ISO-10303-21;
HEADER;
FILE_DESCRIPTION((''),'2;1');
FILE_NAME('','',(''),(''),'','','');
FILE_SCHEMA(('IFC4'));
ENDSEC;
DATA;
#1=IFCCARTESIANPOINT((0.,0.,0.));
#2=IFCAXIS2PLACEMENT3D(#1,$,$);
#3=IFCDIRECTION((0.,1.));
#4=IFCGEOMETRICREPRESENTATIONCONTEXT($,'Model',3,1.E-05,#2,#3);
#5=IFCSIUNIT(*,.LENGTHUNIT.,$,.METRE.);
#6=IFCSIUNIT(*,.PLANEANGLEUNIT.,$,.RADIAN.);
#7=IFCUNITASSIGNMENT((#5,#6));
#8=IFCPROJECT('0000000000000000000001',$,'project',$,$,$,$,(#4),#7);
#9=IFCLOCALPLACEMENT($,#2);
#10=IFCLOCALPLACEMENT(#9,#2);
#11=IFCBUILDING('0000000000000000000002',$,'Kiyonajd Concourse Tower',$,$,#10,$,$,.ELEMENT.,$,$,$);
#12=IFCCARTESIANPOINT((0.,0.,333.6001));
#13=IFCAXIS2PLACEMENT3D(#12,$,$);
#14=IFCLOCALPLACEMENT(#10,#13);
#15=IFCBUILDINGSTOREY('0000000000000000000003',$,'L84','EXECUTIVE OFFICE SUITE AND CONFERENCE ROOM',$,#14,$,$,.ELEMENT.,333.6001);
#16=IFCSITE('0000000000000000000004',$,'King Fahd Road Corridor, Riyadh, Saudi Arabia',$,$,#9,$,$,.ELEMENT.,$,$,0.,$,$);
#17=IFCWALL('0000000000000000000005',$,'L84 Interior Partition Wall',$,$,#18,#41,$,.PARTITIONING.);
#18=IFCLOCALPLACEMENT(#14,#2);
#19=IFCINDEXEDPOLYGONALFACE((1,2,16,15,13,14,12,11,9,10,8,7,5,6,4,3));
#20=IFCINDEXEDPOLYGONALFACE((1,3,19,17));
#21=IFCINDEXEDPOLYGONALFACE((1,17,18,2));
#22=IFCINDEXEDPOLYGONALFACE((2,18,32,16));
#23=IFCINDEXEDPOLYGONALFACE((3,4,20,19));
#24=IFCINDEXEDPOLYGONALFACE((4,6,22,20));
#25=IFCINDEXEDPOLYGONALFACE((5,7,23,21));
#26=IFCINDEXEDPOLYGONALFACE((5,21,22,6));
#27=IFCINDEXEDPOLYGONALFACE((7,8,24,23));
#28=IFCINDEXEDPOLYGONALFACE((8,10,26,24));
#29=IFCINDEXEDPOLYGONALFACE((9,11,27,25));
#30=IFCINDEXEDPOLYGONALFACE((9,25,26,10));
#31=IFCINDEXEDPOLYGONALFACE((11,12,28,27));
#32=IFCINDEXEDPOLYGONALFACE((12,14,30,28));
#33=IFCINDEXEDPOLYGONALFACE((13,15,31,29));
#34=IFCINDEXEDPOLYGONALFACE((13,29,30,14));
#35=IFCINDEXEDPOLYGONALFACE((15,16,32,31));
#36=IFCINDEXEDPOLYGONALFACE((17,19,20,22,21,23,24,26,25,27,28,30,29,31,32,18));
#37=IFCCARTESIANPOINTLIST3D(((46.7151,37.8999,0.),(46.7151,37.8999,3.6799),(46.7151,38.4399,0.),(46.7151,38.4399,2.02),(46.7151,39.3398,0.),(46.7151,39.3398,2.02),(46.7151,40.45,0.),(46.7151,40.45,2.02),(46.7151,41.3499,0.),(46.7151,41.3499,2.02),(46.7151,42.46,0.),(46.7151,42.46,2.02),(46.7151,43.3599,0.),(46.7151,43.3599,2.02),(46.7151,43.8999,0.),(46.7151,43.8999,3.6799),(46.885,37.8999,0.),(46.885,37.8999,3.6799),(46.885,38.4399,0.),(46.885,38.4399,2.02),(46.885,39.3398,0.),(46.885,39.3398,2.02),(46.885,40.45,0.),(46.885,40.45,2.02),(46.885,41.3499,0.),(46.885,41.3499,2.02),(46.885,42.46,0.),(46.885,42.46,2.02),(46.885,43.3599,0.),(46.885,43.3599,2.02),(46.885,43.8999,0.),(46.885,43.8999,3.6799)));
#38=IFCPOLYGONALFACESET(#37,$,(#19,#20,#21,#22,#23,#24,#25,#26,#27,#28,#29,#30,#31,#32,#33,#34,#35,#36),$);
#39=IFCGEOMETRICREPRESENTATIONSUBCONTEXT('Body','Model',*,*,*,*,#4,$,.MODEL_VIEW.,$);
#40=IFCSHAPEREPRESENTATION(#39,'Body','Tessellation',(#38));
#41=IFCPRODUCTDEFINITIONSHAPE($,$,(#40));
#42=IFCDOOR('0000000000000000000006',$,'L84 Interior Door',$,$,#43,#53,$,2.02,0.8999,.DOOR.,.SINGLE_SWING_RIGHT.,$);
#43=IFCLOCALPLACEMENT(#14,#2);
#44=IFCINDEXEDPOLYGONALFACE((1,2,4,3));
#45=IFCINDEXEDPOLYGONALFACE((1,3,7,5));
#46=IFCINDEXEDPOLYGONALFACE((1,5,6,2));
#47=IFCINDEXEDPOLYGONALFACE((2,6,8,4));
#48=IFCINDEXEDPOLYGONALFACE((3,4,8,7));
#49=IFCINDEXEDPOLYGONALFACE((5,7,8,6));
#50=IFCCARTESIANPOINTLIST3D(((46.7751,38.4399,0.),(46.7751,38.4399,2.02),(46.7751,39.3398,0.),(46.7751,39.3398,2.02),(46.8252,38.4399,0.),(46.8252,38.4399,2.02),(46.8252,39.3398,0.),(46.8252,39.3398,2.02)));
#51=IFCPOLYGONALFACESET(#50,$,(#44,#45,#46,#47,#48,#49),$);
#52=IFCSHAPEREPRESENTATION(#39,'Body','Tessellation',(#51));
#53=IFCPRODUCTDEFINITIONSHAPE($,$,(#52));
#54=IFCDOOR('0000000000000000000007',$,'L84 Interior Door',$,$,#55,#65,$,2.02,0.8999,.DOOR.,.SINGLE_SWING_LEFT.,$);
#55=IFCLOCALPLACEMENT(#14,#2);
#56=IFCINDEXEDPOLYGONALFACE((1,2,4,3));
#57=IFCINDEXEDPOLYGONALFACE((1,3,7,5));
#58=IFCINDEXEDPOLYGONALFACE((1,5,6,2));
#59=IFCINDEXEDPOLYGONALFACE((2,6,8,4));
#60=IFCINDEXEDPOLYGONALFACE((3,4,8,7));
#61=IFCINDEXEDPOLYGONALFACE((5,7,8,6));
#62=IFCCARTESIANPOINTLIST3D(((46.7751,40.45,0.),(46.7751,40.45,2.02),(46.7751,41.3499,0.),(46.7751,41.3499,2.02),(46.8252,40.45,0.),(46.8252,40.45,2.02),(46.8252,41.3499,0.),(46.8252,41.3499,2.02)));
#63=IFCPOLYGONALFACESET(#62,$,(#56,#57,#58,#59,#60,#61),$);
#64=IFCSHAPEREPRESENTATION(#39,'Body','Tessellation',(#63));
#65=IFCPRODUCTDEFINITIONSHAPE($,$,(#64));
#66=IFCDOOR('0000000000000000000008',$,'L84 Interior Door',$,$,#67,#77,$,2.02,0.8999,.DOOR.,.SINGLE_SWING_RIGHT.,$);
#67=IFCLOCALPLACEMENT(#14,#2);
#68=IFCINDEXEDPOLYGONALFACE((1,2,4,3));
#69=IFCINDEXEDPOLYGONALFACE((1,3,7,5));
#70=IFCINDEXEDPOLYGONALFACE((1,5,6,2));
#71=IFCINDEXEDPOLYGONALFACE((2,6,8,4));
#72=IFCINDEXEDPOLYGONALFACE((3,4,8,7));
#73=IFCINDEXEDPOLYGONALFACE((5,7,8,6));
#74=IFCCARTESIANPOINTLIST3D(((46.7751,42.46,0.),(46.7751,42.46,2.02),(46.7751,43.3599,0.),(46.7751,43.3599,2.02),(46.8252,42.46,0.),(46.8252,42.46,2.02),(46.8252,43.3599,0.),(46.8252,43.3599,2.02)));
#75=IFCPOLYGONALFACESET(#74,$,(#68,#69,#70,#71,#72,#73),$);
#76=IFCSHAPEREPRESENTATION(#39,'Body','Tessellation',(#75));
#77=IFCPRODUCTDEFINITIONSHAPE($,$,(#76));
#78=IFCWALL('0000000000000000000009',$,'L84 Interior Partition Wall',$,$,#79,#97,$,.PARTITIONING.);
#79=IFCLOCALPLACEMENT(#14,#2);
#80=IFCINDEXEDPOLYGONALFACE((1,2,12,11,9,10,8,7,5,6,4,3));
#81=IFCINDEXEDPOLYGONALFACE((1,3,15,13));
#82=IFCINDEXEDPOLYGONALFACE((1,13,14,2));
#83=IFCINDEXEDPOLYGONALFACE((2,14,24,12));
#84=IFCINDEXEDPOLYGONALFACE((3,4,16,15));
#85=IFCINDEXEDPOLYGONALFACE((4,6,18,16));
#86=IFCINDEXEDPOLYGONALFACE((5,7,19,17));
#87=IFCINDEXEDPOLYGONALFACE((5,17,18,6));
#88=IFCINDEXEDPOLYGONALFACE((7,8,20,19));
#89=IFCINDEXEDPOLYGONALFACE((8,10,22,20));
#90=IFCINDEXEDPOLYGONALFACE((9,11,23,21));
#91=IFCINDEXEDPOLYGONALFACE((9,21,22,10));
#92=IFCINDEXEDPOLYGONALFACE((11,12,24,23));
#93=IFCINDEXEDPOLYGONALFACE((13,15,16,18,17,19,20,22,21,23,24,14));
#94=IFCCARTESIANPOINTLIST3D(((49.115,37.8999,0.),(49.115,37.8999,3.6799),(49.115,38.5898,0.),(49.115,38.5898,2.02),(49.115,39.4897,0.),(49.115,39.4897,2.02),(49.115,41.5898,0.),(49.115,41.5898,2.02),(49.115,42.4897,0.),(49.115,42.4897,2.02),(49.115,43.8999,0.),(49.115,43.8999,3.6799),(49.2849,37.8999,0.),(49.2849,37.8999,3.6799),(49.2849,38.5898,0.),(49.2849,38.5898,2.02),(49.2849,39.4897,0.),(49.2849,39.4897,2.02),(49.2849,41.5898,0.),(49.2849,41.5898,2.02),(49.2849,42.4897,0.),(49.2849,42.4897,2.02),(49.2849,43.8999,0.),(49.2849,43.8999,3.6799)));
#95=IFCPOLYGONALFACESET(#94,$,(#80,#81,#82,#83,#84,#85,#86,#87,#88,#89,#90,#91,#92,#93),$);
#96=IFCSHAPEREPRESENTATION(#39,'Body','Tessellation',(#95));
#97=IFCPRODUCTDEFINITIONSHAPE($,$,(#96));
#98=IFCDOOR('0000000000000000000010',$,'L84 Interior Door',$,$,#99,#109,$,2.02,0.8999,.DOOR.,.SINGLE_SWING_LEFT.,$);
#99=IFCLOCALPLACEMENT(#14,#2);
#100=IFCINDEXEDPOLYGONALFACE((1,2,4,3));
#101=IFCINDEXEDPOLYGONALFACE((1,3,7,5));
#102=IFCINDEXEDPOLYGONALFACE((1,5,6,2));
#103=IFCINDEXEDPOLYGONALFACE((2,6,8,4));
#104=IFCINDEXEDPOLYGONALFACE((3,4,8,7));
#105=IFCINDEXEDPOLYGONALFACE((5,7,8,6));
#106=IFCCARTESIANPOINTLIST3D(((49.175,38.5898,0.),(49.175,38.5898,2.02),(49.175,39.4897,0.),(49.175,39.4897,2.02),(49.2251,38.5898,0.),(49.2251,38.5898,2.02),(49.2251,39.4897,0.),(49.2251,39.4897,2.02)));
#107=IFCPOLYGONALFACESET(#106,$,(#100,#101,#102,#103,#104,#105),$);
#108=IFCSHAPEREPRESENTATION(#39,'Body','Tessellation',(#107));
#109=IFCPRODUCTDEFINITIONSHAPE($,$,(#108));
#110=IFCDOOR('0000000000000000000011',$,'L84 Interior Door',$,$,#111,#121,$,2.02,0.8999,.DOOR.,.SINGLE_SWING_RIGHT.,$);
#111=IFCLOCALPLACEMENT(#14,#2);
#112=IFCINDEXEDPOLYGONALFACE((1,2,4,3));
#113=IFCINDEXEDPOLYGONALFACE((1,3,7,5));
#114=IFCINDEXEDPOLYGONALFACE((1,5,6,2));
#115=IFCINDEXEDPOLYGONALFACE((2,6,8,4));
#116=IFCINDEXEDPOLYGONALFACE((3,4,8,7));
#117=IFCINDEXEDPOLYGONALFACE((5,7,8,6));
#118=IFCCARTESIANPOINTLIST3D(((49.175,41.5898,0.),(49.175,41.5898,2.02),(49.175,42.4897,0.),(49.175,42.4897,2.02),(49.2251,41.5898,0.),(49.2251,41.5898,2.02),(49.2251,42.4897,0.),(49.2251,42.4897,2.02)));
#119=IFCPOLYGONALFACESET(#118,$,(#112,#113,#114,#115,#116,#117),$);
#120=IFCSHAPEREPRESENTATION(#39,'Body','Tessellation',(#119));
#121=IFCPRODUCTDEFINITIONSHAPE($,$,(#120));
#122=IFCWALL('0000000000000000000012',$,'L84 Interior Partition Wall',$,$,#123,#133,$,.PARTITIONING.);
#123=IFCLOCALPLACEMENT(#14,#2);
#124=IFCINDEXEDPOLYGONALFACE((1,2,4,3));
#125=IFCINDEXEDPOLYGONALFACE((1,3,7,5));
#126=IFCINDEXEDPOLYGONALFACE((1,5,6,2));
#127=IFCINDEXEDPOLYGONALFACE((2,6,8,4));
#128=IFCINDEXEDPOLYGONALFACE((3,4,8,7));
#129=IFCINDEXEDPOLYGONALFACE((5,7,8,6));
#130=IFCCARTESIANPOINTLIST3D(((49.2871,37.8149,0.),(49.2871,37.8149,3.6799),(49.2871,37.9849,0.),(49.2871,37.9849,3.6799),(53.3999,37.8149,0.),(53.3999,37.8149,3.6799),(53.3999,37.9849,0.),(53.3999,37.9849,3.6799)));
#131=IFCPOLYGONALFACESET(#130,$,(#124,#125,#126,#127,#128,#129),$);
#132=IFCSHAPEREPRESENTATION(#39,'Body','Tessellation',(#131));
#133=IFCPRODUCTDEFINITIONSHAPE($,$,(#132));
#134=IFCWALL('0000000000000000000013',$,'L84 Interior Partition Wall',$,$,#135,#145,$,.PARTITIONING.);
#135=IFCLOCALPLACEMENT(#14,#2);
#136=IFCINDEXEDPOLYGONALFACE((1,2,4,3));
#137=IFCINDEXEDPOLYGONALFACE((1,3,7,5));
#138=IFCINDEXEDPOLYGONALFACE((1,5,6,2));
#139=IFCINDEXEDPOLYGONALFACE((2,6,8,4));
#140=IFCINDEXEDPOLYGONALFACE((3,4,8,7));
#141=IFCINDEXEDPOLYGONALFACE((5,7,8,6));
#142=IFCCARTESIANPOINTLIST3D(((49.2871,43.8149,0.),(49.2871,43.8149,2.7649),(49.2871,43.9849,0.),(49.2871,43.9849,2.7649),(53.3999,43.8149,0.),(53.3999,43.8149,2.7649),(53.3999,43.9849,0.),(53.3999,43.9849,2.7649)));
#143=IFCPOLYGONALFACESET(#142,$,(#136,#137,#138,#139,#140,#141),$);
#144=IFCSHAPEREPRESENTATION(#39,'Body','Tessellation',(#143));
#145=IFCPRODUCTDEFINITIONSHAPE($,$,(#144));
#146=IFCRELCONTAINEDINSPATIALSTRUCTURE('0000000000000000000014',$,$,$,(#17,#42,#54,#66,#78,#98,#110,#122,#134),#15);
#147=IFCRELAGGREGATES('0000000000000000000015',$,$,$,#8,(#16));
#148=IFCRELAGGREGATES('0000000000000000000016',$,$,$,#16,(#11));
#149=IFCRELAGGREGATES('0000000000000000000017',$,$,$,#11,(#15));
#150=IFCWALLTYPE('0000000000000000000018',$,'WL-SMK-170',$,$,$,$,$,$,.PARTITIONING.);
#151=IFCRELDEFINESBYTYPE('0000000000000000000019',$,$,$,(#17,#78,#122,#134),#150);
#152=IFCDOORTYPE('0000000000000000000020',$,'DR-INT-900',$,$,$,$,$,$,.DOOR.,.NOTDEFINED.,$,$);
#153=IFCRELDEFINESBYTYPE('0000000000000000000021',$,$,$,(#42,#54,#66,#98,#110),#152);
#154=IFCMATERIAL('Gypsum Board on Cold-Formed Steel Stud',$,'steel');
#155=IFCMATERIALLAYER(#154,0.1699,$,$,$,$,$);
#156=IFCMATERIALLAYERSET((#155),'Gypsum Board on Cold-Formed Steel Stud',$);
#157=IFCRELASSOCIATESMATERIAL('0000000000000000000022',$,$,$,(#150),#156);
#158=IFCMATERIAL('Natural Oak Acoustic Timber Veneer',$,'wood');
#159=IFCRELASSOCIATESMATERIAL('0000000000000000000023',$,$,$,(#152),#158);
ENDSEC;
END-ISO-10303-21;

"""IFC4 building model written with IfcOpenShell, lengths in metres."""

from ifc_helpers import new_model, si_unit, direction, frame, frame_2d, origin, place, context, subcontext, project, spatial, rectangle, extrude, material, layer, layer_set, type_object, element, fill, save


model = new_model("IFC4")

# Units and contexts
model_context = context("Model", 3, precision=1e-05, world=origin(), true_north=direction((0.0, 1.0)))
body_context = subcontext(model_context, "Body", "Model", "MODEL_VIEW")
ifc_project = project(units=[si_unit("LENGTHUNIT", "METRE"), si_unit("PLANEANGLEUNIT", "RADIAN")], contexts=[model_context])

# Site, building, storey
site_placement = place(None, origin())
site = spatial("IfcSite", under=ifc_project, at=site_placement, Name="King Fahd Road Corridor, Riyadh, Saudi Arabia", CompositionType="ELEMENT", RefElevation=0.0)
building_placement = place(site_placement, origin())
building = spatial("IfcBuilding", under=site, at=building_placement, Name="Kiyonajd Concourse Tower", CompositionType="ELEMENT")
storey_placement = place(building_placement, frame((0.0, 0.0, 333.6001)))
storey = spatial("IfcBuildingStorey", under=building, at=storey_placement, Name="L84", Description="EXECUTIVE OFFICE SUITE AND CONFERENCE ROOM", CompositionType="ELEMENT", Elevation=333.6001)

# Shared definitions
ifc_material_1 = material(Name="Gypsum Board on Cold-Formed Steel Stud", Category="steel")

# Walls, openings, doors
ifc_layer_1 = layer(ifc_material_1, 0.1699)
ifc_layer_set_1 = layer_set([ifc_layer_1], Name="Gypsum Board on Cold-Formed Steel Stud")
wall_type_1 = type_object("IfcWallType", Name="WL-SMK-170", PredefinedType="PARTITIONING", material=ifc_layer_set_1)
wall_1_placement = place(storey_placement, frame((46.8, 37.8999, 0.0), z_axis=(0.0, 0.0, 1.0), x_axis=(0.0, 1.0, 0.0)))
wall_1 = element("IfcWall", 1, at=wall_1_placement, inside=storey, type_object=wall_type_1, Name="L84 Interior Partition Wall", PredefinedType="PARTITIONING", context=body_context, shape_type="SweptSolid", body=[
    extrude(rectangle(XDim=6.0, YDim=0.1699, at=frame_2d((3.0, 0.0))), origin(), (0.0, 0.0, 1.0), 3.6799),
])
opening_1_placement = place(wall_1_placement, frame((0.54, 0.0, 0.0)))
opening_1 = element("IfcOpeningElement", 2, at=opening_1_placement, cuts=wall_1, PredefinedType="OPENING", context=body_context, shape_type="SweptSolid", body=[
    extrude(rectangle(XDim=0.8999, YDim=2.02, at=frame_2d((0.45, 1.01))), frame((0.0, 0.095, 0.0), z_axis=(0.0, -1.0, 0.0), x_axis=(1.0, 0.0, 0.0)), (0.0, 0.0, 1.0), 0.1899),
])
opening_2_placement = place(wall_1_placement, frame((2.55, 0.0, 0.0)))
opening_2 = element("IfcOpeningElement", 3, at=opening_2_placement, cuts=wall_1, PredefinedType="OPENING", context=body_context, shape_type="SweptSolid", body=[
    extrude(rectangle(XDim=0.8999, YDim=2.02, at=frame_2d((0.45, 1.01))), frame((0.0, 0.095, 0.0), z_axis=(0.0, -1.0, 0.0), x_axis=(1.0, 0.0, 0.0)), (0.0, 0.0, 1.0), 0.1899),
])
opening_3_placement = place(wall_1_placement, frame((4.5601, 0.0, 0.0)))
opening_3 = element("IfcOpeningElement", 4, at=opening_3_placement, cuts=wall_1, PredefinedType="OPENING", context=body_context, shape_type="SweptSolid", body=[
    extrude(rectangle(XDim=0.8999, YDim=2.02, at=frame_2d((0.45, 1.01))), frame((0.0, 0.095, 0.0), z_axis=(0.0, -1.0, 0.0), x_axis=(1.0, 0.0, 0.0)), (0.0, 0.0, 1.0), 0.1899),
])
ifc_material_2 = material(Name="Natural Oak Acoustic Timber Veneer", Category="wood")
door_type_1 = type_object("IfcDoorType", Name="DR-INT-900", OperationType="NOTDEFINED", PredefinedType="DOOR", material=ifc_material_2)
door_1_placement = place(opening_1_placement, origin())
door_1 = element("IfcDoor", 5, at=door_1_placement, inside=storey, type_object=door_type_1, Name="L84 Interior Door", OperationType="SINGLE_SWING_RIGHT", OverallHeight=2.02, OverallWidth=0.8999, PredefinedType="DOOR", context=body_context, shape_type="SweptSolid", body=[
    extrude(rectangle(XDim=0.8999, YDim=2.02, at=frame_2d((0.45, 1.01))), frame((0.0, 0.0249, 0.0), z_axis=(0.0, -1.0, 0.0), x_axis=(1.0, 0.0, 0.0)), (0.0, 0.0, 1.0), 0.05),
])
fill(opening_1, door_1)
door_2_placement = place(opening_2_placement, origin())
door_2 = element("IfcDoor", 6, at=door_2_placement, inside=storey, type_object=door_type_1, Name="L84 Interior Door", OperationType="SINGLE_SWING_LEFT", OverallHeight=2.02, OverallWidth=0.8999, PredefinedType="DOOR", context=body_context, shape_type="SweptSolid", body=[
    extrude(rectangle(XDim=0.8999, YDim=2.02, at=frame_2d((0.45, 1.01))), frame((0.0, 0.0249, 0.0), z_axis=(0.0, -1.0, 0.0), x_axis=(1.0, 0.0, 0.0)), (0.0, 0.0, 1.0), 0.05),
])
fill(opening_2, door_2)
door_3_placement = place(opening_3_placement, origin())
door_3 = element("IfcDoor", 7, at=door_3_placement, inside=storey, type_object=door_type_1, Name="L84 Interior Door", OperationType="SINGLE_SWING_RIGHT", OverallHeight=2.02, OverallWidth=0.8999, PredefinedType="DOOR", context=body_context, shape_type="SweptSolid", body=[
    extrude(rectangle(XDim=0.8999, YDim=2.02, at=frame_2d((0.45, 1.01))), frame((0.0, 0.0249, 0.0), z_axis=(0.0, -1.0, 0.0), x_axis=(1.0, 0.0, 0.0)), (0.0, 0.0, 1.0), 0.05),
])
fill(opening_3, door_3)
wall_2_placement = place(storey_placement, frame((49.2, 37.8999, 0.0), z_axis=(0.0, 0.0, 1.0), x_axis=(0.0, 1.0, 0.0)))
wall_2 = element("IfcWall", 8, at=wall_2_placement, inside=storey, type_object=wall_type_1, Name="L84 Interior Partition Wall", PredefinedType="PARTITIONING", context=body_context, shape_type="SweptSolid", body=[
    extrude(rectangle(XDim=6.0, YDim=0.1699, at=frame_2d((3.0, 0.0))), origin(), (0.0, 0.0, 1.0), 3.6799),
])
opening_4_placement = place(wall_2_placement, frame((0.6899, 0.0, 0.0)))
opening_4 = element("IfcOpeningElement", 9, at=opening_4_placement, cuts=wall_2, PredefinedType="OPENING", context=body_context, shape_type="SweptSolid", body=[
    extrude(rectangle(XDim=0.8999, YDim=2.02, at=frame_2d((0.45, 1.01))), frame((0.0, 0.095, 0.0), z_axis=(0.0, -1.0, 0.0), x_axis=(1.0, 0.0, 0.0)), (0.0, 0.0, 1.0), 0.1899),
])
opening_5_placement = place(wall_2_placement, frame((3.6899, 0.0, 0.0)))
opening_5 = element("IfcOpeningElement", 10, at=opening_5_placement, cuts=wall_2, PredefinedType="OPENING", context=body_context, shape_type="SweptSolid", body=[
    extrude(rectangle(XDim=0.8999, YDim=2.02, at=frame_2d((0.45, 1.01))), frame((0.0, 0.095, 0.0), z_axis=(0.0, -1.0, 0.0), x_axis=(1.0, 0.0, 0.0)), (0.0, 0.0, 1.0), 0.1899),
])
door_4_placement = place(opening_4_placement, origin())
door_4 = element("IfcDoor", 11, at=door_4_placement, inside=storey, type_object=door_type_1, Name="L84 Interior Door", OperationType="SINGLE_SWING_LEFT", OverallHeight=2.02, OverallWidth=0.8999, PredefinedType="DOOR", context=body_context, shape_type="SweptSolid", body=[
    extrude(rectangle(XDim=0.8999, YDim=2.02, at=frame_2d((0.45, 1.01))), frame((0.0, 0.0249, 0.0), z_axis=(0.0, -1.0, 0.0), x_axis=(1.0, 0.0, 0.0)), (0.0, 0.0, 1.0), 0.05),
])
fill(opening_4, door_4)
door_5_placement = place(opening_5_placement, origin())
door_5 = element("IfcDoor", 12, at=door_5_placement, inside=storey, type_object=door_type_1, Name="L84 Interior Door", OperationType="SINGLE_SWING_RIGHT", OverallHeight=2.02, OverallWidth=0.8999, PredefinedType="DOOR", context=body_context, shape_type="SweptSolid", body=[
    extrude(rectangle(XDim=0.8999, YDim=2.02, at=frame_2d((0.45, 1.01))), frame((0.0, 0.0249, 0.0), z_axis=(0.0, -1.0, 0.0), x_axis=(1.0, 0.0, 0.0)), (0.0, 0.0, 1.0), 0.05),
])
fill(opening_5, door_5)

# Walls
wall_3_placement = place(storey_placement, frame((49.2871, 37.8999, 0.0), z_axis=(0.0, 0.0, 1.0), x_axis=(1.0, 0.0, 0.0)))
element("IfcWall", 13, at=wall_3_placement, inside=storey, type_object=wall_type_1, Name="L84 Interior Partition Wall", PredefinedType="PARTITIONING", context=body_context, shape_type="SweptSolid", body=[
    extrude(rectangle(XDim=4.1128, YDim=0.1699, at=frame_2d((2.0564, 0.0))), origin(), (0.0, 0.0, 1.0), 3.6799),
])
wall_4_placement = place(storey_placement, frame((49.2871, 43.8999, 0.0), z_axis=(0.0, 0.0, 1.0), x_axis=(1.0, 0.0, 0.0)))
element("IfcWall", 14, at=wall_4_placement, inside=storey, type_object=wall_type_1, Name="L84 Interior Partition Wall", PredefinedType="PARTITIONING", context=body_context, shape_type="SweptSolid", body=[
    extrude(rectangle(XDim=4.1128, YDim=0.1699, at=frame_2d((2.0564, 0.0))), origin(), (0.0, 0.0, 1.0), 2.7649),
])

save(model, "model.ifc")
